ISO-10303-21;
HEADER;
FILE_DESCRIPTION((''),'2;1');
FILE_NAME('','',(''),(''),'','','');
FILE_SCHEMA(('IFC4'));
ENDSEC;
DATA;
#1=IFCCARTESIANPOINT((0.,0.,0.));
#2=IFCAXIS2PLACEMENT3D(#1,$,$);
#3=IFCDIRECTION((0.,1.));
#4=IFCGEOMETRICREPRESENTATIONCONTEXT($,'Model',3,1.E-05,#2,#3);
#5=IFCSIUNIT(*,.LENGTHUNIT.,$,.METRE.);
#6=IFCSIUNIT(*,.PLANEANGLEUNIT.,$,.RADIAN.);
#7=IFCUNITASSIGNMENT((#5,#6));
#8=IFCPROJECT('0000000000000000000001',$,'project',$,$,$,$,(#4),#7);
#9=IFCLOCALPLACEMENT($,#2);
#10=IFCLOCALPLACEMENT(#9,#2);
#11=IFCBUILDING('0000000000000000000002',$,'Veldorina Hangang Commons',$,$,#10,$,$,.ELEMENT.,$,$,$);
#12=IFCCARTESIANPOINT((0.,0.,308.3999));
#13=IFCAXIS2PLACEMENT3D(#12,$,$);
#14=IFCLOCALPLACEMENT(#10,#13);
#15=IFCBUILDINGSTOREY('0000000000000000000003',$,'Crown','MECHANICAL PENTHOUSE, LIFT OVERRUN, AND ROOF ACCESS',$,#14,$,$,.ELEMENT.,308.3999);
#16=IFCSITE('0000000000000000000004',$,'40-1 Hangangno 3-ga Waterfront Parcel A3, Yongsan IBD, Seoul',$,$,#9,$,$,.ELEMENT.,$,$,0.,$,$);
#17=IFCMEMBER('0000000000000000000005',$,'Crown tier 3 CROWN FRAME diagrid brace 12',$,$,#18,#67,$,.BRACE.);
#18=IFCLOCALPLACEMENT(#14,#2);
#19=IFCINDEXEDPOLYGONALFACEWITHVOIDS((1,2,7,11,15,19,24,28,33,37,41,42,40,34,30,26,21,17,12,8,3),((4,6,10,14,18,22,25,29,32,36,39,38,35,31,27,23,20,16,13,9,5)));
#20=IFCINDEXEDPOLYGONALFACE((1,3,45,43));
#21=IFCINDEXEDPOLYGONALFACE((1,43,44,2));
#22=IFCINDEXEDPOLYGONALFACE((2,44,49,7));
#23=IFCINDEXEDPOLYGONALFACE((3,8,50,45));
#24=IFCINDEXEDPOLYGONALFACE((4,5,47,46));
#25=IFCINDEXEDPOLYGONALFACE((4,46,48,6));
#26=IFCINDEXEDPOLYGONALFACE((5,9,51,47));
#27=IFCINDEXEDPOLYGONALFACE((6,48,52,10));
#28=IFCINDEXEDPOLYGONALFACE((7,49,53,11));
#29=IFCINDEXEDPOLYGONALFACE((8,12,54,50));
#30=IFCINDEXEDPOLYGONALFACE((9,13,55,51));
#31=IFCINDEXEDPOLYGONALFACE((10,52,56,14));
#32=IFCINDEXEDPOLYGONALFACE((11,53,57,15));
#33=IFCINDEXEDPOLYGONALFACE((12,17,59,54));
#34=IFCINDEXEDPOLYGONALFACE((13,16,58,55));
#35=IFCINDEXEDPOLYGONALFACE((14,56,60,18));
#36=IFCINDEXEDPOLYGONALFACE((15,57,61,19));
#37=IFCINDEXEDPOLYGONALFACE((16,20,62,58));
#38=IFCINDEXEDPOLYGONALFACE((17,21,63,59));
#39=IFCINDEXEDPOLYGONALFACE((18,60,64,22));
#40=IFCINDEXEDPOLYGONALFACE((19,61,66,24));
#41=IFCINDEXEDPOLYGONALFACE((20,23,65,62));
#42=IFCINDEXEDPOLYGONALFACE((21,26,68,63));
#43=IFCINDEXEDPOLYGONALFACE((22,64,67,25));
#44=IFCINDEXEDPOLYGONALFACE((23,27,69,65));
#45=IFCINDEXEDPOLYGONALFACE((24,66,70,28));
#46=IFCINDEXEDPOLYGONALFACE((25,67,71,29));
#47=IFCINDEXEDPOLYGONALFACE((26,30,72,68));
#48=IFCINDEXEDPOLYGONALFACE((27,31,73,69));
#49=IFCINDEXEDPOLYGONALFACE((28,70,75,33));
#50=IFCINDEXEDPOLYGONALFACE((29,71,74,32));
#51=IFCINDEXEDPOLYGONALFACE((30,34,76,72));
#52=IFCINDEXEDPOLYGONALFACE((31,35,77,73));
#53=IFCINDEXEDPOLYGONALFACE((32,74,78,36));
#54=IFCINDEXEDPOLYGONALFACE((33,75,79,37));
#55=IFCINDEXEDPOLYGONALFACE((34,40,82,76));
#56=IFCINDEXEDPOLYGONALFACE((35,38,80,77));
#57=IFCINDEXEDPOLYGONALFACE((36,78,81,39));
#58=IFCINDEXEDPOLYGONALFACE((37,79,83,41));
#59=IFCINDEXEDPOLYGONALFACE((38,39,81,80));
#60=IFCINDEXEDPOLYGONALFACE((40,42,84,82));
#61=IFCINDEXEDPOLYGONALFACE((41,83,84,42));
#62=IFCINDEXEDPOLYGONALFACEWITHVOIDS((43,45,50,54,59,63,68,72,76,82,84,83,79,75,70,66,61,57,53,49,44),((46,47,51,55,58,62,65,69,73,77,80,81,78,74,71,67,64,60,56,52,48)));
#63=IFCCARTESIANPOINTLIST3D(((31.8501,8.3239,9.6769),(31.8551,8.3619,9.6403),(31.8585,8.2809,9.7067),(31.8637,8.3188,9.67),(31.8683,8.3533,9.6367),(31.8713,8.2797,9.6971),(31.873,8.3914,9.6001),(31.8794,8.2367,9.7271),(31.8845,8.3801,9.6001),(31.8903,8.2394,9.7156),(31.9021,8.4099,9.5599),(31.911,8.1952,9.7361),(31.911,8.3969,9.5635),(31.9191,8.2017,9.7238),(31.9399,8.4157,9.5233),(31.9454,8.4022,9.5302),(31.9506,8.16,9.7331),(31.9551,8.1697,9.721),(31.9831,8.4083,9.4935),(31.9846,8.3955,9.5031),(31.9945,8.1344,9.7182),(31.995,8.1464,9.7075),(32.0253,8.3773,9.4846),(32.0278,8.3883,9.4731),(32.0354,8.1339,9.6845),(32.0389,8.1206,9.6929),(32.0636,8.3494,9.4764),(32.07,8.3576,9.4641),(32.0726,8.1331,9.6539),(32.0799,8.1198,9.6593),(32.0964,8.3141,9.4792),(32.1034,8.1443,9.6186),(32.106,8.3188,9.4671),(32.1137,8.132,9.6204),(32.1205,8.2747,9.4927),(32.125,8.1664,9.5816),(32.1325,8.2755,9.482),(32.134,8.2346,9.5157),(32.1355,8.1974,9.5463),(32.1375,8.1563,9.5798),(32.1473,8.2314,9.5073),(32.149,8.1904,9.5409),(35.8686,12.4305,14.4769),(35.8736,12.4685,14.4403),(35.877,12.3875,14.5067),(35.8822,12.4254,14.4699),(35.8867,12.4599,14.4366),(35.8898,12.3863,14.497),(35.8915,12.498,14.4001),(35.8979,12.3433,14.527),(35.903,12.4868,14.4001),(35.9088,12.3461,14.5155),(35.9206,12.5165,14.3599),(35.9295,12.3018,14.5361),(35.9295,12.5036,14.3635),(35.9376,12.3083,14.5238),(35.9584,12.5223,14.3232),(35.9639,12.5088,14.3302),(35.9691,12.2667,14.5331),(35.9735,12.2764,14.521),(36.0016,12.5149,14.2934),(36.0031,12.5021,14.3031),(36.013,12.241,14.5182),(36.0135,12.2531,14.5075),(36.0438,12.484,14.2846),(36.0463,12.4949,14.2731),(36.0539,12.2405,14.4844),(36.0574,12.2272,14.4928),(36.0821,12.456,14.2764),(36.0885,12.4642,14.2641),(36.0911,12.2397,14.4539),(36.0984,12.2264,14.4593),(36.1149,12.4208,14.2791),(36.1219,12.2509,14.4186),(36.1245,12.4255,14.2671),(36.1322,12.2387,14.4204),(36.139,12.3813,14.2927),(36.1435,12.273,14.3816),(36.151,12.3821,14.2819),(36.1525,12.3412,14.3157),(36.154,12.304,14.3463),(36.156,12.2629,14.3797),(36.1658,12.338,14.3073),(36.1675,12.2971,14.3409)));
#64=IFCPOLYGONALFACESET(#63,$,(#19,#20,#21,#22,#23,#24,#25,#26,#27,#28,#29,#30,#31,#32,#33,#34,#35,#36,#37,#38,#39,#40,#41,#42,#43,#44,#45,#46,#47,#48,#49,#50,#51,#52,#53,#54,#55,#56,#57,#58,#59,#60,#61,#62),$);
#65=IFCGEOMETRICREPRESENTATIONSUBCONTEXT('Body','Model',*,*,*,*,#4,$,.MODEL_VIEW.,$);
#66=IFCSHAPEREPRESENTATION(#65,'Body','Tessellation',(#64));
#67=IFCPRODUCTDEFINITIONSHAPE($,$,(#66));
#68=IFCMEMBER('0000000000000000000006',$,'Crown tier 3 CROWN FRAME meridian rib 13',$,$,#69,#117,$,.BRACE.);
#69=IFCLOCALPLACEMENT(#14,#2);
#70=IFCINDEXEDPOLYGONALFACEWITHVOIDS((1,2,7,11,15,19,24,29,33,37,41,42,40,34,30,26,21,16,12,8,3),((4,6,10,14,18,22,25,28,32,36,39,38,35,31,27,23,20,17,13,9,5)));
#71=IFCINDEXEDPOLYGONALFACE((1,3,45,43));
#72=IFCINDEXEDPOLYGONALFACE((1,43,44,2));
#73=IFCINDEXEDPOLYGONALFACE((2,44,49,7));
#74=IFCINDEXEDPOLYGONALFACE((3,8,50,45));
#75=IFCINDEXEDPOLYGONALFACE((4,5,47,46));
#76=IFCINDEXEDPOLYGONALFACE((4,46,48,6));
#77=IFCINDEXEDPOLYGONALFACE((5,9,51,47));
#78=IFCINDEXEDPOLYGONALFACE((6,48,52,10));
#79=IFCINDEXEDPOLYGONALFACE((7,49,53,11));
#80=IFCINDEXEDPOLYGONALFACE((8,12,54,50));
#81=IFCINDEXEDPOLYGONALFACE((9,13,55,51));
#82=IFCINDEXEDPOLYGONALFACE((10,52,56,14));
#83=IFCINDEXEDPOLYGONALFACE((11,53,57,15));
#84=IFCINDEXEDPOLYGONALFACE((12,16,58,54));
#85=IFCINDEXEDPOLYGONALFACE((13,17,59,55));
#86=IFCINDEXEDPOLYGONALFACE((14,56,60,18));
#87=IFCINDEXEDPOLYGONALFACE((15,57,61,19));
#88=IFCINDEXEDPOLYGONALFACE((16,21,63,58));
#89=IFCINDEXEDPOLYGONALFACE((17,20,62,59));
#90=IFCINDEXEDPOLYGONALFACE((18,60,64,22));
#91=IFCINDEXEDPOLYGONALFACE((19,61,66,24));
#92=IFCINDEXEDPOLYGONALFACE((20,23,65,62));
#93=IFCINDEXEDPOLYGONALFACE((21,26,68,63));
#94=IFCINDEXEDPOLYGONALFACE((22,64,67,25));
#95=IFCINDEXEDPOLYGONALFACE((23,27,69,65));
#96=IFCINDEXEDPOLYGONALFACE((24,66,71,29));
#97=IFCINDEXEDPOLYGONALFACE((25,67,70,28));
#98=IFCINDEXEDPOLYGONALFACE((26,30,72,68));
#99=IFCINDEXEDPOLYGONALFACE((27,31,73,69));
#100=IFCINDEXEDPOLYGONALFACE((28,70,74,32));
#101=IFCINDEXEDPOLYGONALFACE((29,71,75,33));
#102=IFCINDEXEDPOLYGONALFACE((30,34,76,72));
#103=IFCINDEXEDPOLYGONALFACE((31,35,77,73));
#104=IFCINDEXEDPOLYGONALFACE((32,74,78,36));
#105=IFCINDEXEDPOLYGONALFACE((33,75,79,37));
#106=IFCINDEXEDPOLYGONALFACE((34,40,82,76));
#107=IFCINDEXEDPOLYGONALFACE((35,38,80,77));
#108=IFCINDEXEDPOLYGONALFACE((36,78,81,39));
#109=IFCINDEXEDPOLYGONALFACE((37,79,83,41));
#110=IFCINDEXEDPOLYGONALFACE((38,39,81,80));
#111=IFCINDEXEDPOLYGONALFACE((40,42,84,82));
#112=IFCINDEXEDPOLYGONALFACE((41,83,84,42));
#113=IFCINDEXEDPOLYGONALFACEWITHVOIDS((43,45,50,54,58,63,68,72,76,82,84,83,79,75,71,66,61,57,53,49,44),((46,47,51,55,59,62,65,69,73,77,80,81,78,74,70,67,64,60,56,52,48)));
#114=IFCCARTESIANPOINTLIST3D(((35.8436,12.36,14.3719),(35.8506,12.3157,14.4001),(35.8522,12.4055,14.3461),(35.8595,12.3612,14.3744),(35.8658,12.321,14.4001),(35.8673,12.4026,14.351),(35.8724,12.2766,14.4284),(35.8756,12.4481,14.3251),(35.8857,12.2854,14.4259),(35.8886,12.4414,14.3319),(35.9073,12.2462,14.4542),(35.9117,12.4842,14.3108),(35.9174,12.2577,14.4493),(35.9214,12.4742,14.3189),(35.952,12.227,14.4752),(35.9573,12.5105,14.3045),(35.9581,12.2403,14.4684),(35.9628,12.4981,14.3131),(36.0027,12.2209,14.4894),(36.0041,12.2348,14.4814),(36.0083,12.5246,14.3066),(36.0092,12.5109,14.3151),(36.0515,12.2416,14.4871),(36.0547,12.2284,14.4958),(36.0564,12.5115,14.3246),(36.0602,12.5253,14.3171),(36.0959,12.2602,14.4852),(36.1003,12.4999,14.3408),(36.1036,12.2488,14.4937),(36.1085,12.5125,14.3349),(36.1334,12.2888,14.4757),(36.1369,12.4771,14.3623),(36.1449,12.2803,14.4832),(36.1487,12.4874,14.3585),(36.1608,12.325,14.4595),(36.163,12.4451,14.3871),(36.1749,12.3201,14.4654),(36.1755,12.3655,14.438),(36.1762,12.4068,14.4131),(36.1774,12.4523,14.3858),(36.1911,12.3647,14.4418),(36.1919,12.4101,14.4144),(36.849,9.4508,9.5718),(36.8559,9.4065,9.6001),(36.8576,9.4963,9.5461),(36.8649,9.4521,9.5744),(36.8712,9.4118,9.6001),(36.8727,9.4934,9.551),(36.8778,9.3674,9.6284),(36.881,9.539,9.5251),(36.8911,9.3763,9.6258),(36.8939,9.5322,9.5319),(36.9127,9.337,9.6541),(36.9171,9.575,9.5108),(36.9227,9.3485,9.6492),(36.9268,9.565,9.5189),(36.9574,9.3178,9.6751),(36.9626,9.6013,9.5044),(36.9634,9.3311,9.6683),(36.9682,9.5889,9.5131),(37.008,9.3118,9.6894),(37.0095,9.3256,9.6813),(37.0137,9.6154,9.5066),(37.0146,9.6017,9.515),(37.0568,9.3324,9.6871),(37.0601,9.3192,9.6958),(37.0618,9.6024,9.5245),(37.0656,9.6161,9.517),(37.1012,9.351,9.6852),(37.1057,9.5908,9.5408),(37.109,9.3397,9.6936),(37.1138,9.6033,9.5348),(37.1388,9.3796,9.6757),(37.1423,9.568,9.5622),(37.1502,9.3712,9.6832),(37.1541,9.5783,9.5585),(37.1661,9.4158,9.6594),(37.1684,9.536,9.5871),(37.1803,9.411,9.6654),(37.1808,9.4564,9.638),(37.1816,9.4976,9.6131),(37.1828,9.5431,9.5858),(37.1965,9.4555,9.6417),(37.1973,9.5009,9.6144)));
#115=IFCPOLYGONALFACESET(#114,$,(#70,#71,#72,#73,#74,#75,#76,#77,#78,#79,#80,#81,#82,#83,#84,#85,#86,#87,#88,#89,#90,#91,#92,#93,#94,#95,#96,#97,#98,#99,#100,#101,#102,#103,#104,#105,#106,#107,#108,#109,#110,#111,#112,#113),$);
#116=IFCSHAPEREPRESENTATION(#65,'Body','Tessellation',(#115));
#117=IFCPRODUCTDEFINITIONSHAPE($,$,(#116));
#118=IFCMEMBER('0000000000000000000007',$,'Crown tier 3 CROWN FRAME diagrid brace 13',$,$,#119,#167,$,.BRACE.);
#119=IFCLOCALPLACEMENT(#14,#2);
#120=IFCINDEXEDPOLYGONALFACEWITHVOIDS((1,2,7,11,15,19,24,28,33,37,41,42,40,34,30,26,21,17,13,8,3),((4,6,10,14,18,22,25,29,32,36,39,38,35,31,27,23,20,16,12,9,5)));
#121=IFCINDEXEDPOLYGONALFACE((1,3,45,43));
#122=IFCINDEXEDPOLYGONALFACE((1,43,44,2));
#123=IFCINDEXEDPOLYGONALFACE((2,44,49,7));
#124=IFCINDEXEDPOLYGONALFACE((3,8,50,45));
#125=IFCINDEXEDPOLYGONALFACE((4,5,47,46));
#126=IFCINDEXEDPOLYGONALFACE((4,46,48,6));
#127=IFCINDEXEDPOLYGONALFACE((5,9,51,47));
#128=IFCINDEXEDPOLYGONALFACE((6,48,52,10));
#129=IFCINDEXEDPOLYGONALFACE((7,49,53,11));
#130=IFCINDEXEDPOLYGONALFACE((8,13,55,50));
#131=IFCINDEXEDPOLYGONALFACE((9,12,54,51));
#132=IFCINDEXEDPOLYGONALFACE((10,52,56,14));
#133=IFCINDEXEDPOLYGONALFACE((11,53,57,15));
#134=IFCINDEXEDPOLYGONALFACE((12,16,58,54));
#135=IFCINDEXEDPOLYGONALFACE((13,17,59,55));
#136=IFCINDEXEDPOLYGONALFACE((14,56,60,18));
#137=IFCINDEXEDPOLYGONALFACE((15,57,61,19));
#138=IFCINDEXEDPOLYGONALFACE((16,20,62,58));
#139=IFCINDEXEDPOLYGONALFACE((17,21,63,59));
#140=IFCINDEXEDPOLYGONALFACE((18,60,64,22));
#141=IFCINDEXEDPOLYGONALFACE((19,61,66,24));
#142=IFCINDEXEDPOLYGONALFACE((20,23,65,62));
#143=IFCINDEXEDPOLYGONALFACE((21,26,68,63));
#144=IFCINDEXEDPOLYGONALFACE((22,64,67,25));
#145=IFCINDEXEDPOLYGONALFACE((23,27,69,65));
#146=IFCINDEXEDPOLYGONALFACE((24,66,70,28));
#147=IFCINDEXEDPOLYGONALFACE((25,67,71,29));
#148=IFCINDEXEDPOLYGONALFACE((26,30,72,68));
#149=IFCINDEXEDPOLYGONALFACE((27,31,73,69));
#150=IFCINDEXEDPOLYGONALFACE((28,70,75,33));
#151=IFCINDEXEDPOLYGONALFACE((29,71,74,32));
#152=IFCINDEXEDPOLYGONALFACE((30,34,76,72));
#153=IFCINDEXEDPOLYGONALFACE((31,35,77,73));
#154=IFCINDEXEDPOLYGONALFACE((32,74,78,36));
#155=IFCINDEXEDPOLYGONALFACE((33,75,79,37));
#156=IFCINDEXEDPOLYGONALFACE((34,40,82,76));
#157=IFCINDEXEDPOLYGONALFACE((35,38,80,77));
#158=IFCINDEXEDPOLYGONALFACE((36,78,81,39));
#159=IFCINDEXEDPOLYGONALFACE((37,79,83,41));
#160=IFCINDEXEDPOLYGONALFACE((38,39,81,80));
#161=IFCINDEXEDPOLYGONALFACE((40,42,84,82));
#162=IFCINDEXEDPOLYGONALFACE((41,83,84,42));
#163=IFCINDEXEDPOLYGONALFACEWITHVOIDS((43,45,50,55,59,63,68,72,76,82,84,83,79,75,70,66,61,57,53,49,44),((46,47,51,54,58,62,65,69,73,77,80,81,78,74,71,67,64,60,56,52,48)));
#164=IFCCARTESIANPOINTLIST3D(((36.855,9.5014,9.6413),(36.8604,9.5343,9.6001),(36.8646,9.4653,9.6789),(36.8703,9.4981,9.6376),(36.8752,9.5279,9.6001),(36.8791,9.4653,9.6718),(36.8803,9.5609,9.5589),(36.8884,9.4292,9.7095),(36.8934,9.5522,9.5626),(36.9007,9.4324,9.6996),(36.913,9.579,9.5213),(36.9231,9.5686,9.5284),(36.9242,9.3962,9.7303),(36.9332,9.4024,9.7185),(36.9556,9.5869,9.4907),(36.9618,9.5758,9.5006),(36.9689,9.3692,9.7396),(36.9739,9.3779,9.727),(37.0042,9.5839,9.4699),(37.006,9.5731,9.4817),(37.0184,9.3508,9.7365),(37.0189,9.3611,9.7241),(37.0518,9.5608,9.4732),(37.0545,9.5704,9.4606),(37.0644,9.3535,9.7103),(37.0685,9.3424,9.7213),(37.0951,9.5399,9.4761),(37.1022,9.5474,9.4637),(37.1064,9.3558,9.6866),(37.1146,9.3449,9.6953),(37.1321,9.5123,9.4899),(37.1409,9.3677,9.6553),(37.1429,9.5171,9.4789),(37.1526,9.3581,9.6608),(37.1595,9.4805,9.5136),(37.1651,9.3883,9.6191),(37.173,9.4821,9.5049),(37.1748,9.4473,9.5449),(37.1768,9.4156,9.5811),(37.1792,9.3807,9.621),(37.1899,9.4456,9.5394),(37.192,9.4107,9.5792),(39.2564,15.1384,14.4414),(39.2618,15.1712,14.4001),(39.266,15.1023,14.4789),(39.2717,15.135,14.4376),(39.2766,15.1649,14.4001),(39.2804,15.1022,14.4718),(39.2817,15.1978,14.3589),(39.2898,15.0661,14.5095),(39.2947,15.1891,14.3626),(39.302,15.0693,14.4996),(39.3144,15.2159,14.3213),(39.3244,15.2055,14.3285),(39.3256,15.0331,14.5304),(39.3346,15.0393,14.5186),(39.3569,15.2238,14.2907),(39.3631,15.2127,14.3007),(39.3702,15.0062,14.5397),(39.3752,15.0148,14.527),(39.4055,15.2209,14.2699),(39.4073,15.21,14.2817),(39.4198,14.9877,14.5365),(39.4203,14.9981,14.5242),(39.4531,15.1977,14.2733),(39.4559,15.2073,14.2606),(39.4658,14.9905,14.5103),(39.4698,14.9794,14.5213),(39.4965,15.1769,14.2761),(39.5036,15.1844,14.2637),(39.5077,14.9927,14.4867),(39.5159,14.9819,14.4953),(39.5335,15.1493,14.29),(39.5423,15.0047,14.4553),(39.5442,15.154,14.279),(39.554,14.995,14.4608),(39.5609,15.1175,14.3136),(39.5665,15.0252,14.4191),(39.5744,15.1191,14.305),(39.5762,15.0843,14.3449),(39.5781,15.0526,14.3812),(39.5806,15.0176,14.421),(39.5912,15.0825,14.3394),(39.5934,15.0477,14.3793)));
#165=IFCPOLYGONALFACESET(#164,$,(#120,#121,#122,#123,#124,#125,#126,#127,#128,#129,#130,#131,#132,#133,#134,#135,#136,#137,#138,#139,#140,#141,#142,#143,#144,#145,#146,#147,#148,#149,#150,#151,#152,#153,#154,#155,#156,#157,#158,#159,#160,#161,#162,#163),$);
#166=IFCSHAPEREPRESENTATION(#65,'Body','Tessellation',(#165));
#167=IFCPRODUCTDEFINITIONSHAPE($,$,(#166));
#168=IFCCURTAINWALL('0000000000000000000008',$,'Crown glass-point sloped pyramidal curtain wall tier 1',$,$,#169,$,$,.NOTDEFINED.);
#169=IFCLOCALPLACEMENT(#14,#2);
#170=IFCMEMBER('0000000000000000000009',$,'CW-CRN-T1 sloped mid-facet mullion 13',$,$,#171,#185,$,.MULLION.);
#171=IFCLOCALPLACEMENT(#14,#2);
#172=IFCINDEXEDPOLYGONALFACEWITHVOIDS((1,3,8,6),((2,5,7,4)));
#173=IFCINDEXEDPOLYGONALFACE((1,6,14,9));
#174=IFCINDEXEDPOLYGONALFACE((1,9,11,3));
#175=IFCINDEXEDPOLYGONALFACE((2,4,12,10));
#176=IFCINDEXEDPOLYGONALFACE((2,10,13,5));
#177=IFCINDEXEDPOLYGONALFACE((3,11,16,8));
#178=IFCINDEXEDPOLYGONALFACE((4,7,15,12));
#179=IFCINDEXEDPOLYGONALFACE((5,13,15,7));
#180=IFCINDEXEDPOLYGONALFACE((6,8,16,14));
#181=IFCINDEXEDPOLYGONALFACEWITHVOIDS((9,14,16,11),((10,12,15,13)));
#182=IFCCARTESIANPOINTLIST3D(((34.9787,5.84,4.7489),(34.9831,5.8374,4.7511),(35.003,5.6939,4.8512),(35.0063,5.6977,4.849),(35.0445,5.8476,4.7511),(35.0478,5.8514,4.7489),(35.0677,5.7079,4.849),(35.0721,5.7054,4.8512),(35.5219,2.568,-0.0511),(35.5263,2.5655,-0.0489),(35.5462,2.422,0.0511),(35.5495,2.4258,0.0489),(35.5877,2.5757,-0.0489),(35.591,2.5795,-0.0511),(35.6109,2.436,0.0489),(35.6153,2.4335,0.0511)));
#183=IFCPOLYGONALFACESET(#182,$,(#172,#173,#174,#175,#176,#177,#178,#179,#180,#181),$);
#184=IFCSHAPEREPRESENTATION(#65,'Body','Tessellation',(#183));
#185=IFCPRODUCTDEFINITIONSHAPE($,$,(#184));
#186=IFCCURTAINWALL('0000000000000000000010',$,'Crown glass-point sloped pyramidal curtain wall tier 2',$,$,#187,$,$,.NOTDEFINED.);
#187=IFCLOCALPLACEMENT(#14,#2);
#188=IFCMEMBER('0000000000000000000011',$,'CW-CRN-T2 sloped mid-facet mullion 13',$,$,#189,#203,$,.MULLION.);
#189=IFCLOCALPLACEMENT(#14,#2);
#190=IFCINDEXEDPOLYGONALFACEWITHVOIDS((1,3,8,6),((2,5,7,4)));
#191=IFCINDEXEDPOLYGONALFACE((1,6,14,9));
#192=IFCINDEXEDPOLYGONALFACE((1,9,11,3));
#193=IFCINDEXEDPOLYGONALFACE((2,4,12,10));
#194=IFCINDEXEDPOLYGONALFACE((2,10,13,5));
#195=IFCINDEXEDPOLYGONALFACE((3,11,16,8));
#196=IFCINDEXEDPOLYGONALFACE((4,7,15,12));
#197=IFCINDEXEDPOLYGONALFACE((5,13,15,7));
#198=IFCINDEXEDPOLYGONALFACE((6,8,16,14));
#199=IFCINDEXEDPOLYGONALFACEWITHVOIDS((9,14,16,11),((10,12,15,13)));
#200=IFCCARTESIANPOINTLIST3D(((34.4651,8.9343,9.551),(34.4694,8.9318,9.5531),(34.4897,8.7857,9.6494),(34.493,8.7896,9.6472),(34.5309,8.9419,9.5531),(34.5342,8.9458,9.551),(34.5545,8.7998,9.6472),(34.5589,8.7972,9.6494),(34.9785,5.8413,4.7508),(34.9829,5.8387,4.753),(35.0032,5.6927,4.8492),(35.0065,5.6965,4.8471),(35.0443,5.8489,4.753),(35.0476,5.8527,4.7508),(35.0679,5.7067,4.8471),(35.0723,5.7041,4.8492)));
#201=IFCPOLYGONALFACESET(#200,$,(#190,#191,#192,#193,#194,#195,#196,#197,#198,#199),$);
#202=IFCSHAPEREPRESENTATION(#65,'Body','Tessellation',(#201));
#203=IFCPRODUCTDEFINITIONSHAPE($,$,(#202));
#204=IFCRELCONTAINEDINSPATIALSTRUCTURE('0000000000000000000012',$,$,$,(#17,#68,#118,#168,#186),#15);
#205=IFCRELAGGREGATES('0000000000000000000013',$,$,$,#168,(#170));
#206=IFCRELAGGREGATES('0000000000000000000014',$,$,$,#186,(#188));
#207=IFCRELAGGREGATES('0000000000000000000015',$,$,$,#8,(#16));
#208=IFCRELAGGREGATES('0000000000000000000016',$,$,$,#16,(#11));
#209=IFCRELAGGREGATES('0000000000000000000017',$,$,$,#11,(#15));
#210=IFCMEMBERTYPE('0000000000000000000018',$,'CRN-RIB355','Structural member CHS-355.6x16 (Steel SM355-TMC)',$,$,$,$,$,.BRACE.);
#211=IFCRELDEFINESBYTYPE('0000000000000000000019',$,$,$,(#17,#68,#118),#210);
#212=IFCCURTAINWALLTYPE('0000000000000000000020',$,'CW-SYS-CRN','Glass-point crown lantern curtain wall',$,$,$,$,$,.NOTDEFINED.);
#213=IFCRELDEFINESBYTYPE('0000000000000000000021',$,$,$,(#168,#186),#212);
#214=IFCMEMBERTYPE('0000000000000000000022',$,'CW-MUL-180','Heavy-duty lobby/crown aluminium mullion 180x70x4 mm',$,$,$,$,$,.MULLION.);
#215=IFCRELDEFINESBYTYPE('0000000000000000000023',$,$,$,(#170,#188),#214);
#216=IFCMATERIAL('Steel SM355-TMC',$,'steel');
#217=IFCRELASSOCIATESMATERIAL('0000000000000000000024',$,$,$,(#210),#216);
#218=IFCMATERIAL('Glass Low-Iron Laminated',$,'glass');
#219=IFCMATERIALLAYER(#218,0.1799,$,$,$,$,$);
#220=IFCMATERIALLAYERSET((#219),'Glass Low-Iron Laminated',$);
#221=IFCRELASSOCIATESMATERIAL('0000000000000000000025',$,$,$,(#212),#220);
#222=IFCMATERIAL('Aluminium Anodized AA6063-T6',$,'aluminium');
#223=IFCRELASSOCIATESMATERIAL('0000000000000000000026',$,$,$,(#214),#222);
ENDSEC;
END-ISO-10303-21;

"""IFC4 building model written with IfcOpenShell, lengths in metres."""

from ifc_helpers import new_model, si_unit, direction, frame, origin, origin_2d, place, context, subcontext, project, spatial, hollow_rectangle, hollow_circle, extrude, material, layer, layer_set, material_profile, profile_set, type_object, element, aggregate, save


model = new_model("IFC4")

# Units and contexts
model_context = context("Model", 3, precision=1e-05, world=origin(), true_north=direction((0.0, 1.0)))
body_context = subcontext(model_context, "Body", "Model", "MODEL_VIEW")
ifc_project = project(units=[si_unit("LENGTHUNIT", "METRE"), si_unit("PLANEANGLEUNIT", "RADIAN")], contexts=[model_context])

# Site, building, storey
site_placement = place(None, origin())
site = spatial("IfcSite", under=ifc_project, at=site_placement, Name="40-1 Hangangno 3-ga Waterfront Parcel A3, Yongsan IBD, Seoul", CompositionType="ELEMENT", RefElevation=0.0)
building_placement = place(site_placement, origin())
building = spatial("IfcBuilding", under=site, at=building_placement, Name="Veldorina Hangang Commons", CompositionType="ELEMENT")
storey_placement = place(building_placement, frame((0.0, 0.0, 308.3999)))
storey = spatial("IfcBuildingStorey", under=building, at=storey_placement, Name="Crown", Description="MECHANICAL PENTHOUSE, LIFT OVERRUN, AND ROOF ACCESS", CompositionType="ELEMENT", Elevation=308.3999)

# Members
ifc_material_1 = material(Name="Steel SM355-TMC", Category="steel")
ifc_material_profile_1 = material_profile(ifc_material_1, hollow_circle(Radius=0.1777, WallThickness=0.0161, at=origin_2d()), Name="CHS-355.6x16")
ifc_profile_set_1 = profile_set([ifc_material_profile_1], Name="Steel SM355-TMC")
member_type_1 = type_object("IfcMemberType", Name="CRN-RIB355", Description="Structural member CHS-355.6x16 (Steel SM355-TMC)", PredefinedType="BRACE", material=ifc_profile_set_1)
member_1_placement = place(storey_placement, frame((32.0, 8.2671, 9.6001), z_axis=(0.536743, 0.548514, 0.641124), x_axis=(-0.714735, 0.699396, 0.0)))
element("IfcMember", 1, at=member_1_placement, inside=storey, type_object=member_type_1, Name="Crown tier 3 CROWN FRAME diagrid brace 12", PredefinedType="BRACE", context=body_context, shape_type="SweptSolid", body=[
    extrude(hollow_circle(Radius=0.1777, WallThickness=0.0161, at=origin_2d()), origin(), (0.0, 0.0, 1.0), 7.4868),
])
member_2_placement = place(storey_placement, frame((37.0239, 9.4646, 9.6001), z_axis=(-0.176314, 0.51019, 0.841796), x_axis=(-0.945152, -0.326631, 0.0)))
element("IfcMember", 2, at=member_2_placement, inside=storey, type_object=member_type_1, Name="Crown tier 3 CROWN FRAME meridian rib 13", PredefinedType="BRACE", context=body_context, shape_type="SweptSolid", body=[
    extrude(hollow_circle(Radius=0.1777, WallThickness=0.0161, at=origin_2d()), origin(), (0.0, 0.0, 1.0), 5.7021),
])
member_3_placement = place(storey_placement, frame((37.0239, 9.4646, 9.6001), z_axis=(0.308521, 0.724222, 0.616698), x_axis=(-0.919998, 0.391923, 0.0)))
element("IfcMember", 3, at=member_3_placement, inside=storey, type_object=member_type_1, Name="Crown tier 3 CROWN FRAME diagrid brace 13", PredefinedType="BRACE", context=body_context, shape_type="SweptSolid", body=[
    extrude(hollow_circle(Radius=0.1777, WallThickness=0.0161, at=origin_2d()), origin(), (0.0, 0.0, 1.0), 7.7834),
])

# Curtain walls, members
ifc_material_2 = material(Name="Glass Low-Iron Laminated", Category="glass")
ifc_layer_1 = layer(ifc_material_2, 0.1799)
ifc_layer_set_1 = layer_set([ifc_layer_1], Name="Glass Low-Iron Laminated")
curtain_wall_type = type_object("IfcCurtainWallType", Name="CW-SYS-CRN", Description="Glass-point crown lantern curtain wall", PredefinedType="NOTDEFINED", material=ifc_layer_set_1)
curtain_wall_1_placement = place(storey_placement, origin())
curtain_wall_1 = element("IfcCurtainWall", 4, at=curtain_wall_1_placement, inside=storey, type_object=curtain_wall_type, Name="Crown glass-point sloped pyramidal curtain wall tier 1", PredefinedType="NOTDEFINED")
ifc_material_3 = material(Name="Aluminium Anodized AA6063-T6", Category="aluminium")
ifc_material_profile_2 = material_profile(ifc_material_3, hollow_rectangle(XDim=0.0701, YDim=0.1799, WallThickness=0.0039, at=origin_2d()), Name="ALU-RHS-180x70x4")
ifc_profile_set_2 = profile_set([ifc_material_profile_2], Name="Aluminium Anodized AA6063-T6")
member_type_2 = type_object("IfcMemberType", Name="CW-MUL-180", Description="Heavy-duty lobby/crown aluminium mullion 180x70x4 mm", PredefinedType="MULLION", material=ifc_profile_set_2)
member_4_placement = place(storey_placement, frame((35.5686, 2.5007, 0.0), z_axis=(-0.093104, 0.560798, 0.822701), x_axis=(-0.986497, -0.163778, 0.0)))
member_4 = element("IfcMember", 5, at=member_4_placement, type_object=member_type_2, Name="CW-CRN-T1 sloped mid-facet mullion 13", PredefinedType="MULLION", context=body_context, shape_type="SweptSolid", body=[
    extrude(hollow_rectangle(XDim=0.0701, YDim=0.1799, WallThickness=0.0039, at=origin_2d()), origin(), (0.0, 0.0, 1.0), 5.8345),
])
curtain_wall_2_placement = place(storey_placement, origin())
curtain_wall_2 = element("IfcCurtainWall", 6, at=curtain_wall_2_placement, inside=storey, type_object=curtain_wall_type, Name="Crown glass-point sloped pyramidal curtain wall tier 2", PredefinedType="NOTDEFINED")
member_5_placement = place(storey_placement, frame((35.0254, 5.7727, 4.8), z_axis=(-0.089552, 0.539482, 0.837221), x_axis=(-0.986501, -0.163755, 0.0)))
member_5 = element("IfcMember", 7, at=member_5_placement, type_object=member_type_2, Name="CW-CRN-T2 sloped mid-facet mullion 13", PredefinedType="MULLION", context=body_context, shape_type="SweptSolid", body=[
    extrude(hollow_rectangle(XDim=0.0701, YDim=0.1799, WallThickness=0.0039, at=origin_2d()), origin(), (0.0, 0.0, 1.0), 5.7334),
])

aggregate(curtain_wall_1, [member_4])
aggregate(curtain_wall_2, [member_5])

save(model, "model.ifc")
